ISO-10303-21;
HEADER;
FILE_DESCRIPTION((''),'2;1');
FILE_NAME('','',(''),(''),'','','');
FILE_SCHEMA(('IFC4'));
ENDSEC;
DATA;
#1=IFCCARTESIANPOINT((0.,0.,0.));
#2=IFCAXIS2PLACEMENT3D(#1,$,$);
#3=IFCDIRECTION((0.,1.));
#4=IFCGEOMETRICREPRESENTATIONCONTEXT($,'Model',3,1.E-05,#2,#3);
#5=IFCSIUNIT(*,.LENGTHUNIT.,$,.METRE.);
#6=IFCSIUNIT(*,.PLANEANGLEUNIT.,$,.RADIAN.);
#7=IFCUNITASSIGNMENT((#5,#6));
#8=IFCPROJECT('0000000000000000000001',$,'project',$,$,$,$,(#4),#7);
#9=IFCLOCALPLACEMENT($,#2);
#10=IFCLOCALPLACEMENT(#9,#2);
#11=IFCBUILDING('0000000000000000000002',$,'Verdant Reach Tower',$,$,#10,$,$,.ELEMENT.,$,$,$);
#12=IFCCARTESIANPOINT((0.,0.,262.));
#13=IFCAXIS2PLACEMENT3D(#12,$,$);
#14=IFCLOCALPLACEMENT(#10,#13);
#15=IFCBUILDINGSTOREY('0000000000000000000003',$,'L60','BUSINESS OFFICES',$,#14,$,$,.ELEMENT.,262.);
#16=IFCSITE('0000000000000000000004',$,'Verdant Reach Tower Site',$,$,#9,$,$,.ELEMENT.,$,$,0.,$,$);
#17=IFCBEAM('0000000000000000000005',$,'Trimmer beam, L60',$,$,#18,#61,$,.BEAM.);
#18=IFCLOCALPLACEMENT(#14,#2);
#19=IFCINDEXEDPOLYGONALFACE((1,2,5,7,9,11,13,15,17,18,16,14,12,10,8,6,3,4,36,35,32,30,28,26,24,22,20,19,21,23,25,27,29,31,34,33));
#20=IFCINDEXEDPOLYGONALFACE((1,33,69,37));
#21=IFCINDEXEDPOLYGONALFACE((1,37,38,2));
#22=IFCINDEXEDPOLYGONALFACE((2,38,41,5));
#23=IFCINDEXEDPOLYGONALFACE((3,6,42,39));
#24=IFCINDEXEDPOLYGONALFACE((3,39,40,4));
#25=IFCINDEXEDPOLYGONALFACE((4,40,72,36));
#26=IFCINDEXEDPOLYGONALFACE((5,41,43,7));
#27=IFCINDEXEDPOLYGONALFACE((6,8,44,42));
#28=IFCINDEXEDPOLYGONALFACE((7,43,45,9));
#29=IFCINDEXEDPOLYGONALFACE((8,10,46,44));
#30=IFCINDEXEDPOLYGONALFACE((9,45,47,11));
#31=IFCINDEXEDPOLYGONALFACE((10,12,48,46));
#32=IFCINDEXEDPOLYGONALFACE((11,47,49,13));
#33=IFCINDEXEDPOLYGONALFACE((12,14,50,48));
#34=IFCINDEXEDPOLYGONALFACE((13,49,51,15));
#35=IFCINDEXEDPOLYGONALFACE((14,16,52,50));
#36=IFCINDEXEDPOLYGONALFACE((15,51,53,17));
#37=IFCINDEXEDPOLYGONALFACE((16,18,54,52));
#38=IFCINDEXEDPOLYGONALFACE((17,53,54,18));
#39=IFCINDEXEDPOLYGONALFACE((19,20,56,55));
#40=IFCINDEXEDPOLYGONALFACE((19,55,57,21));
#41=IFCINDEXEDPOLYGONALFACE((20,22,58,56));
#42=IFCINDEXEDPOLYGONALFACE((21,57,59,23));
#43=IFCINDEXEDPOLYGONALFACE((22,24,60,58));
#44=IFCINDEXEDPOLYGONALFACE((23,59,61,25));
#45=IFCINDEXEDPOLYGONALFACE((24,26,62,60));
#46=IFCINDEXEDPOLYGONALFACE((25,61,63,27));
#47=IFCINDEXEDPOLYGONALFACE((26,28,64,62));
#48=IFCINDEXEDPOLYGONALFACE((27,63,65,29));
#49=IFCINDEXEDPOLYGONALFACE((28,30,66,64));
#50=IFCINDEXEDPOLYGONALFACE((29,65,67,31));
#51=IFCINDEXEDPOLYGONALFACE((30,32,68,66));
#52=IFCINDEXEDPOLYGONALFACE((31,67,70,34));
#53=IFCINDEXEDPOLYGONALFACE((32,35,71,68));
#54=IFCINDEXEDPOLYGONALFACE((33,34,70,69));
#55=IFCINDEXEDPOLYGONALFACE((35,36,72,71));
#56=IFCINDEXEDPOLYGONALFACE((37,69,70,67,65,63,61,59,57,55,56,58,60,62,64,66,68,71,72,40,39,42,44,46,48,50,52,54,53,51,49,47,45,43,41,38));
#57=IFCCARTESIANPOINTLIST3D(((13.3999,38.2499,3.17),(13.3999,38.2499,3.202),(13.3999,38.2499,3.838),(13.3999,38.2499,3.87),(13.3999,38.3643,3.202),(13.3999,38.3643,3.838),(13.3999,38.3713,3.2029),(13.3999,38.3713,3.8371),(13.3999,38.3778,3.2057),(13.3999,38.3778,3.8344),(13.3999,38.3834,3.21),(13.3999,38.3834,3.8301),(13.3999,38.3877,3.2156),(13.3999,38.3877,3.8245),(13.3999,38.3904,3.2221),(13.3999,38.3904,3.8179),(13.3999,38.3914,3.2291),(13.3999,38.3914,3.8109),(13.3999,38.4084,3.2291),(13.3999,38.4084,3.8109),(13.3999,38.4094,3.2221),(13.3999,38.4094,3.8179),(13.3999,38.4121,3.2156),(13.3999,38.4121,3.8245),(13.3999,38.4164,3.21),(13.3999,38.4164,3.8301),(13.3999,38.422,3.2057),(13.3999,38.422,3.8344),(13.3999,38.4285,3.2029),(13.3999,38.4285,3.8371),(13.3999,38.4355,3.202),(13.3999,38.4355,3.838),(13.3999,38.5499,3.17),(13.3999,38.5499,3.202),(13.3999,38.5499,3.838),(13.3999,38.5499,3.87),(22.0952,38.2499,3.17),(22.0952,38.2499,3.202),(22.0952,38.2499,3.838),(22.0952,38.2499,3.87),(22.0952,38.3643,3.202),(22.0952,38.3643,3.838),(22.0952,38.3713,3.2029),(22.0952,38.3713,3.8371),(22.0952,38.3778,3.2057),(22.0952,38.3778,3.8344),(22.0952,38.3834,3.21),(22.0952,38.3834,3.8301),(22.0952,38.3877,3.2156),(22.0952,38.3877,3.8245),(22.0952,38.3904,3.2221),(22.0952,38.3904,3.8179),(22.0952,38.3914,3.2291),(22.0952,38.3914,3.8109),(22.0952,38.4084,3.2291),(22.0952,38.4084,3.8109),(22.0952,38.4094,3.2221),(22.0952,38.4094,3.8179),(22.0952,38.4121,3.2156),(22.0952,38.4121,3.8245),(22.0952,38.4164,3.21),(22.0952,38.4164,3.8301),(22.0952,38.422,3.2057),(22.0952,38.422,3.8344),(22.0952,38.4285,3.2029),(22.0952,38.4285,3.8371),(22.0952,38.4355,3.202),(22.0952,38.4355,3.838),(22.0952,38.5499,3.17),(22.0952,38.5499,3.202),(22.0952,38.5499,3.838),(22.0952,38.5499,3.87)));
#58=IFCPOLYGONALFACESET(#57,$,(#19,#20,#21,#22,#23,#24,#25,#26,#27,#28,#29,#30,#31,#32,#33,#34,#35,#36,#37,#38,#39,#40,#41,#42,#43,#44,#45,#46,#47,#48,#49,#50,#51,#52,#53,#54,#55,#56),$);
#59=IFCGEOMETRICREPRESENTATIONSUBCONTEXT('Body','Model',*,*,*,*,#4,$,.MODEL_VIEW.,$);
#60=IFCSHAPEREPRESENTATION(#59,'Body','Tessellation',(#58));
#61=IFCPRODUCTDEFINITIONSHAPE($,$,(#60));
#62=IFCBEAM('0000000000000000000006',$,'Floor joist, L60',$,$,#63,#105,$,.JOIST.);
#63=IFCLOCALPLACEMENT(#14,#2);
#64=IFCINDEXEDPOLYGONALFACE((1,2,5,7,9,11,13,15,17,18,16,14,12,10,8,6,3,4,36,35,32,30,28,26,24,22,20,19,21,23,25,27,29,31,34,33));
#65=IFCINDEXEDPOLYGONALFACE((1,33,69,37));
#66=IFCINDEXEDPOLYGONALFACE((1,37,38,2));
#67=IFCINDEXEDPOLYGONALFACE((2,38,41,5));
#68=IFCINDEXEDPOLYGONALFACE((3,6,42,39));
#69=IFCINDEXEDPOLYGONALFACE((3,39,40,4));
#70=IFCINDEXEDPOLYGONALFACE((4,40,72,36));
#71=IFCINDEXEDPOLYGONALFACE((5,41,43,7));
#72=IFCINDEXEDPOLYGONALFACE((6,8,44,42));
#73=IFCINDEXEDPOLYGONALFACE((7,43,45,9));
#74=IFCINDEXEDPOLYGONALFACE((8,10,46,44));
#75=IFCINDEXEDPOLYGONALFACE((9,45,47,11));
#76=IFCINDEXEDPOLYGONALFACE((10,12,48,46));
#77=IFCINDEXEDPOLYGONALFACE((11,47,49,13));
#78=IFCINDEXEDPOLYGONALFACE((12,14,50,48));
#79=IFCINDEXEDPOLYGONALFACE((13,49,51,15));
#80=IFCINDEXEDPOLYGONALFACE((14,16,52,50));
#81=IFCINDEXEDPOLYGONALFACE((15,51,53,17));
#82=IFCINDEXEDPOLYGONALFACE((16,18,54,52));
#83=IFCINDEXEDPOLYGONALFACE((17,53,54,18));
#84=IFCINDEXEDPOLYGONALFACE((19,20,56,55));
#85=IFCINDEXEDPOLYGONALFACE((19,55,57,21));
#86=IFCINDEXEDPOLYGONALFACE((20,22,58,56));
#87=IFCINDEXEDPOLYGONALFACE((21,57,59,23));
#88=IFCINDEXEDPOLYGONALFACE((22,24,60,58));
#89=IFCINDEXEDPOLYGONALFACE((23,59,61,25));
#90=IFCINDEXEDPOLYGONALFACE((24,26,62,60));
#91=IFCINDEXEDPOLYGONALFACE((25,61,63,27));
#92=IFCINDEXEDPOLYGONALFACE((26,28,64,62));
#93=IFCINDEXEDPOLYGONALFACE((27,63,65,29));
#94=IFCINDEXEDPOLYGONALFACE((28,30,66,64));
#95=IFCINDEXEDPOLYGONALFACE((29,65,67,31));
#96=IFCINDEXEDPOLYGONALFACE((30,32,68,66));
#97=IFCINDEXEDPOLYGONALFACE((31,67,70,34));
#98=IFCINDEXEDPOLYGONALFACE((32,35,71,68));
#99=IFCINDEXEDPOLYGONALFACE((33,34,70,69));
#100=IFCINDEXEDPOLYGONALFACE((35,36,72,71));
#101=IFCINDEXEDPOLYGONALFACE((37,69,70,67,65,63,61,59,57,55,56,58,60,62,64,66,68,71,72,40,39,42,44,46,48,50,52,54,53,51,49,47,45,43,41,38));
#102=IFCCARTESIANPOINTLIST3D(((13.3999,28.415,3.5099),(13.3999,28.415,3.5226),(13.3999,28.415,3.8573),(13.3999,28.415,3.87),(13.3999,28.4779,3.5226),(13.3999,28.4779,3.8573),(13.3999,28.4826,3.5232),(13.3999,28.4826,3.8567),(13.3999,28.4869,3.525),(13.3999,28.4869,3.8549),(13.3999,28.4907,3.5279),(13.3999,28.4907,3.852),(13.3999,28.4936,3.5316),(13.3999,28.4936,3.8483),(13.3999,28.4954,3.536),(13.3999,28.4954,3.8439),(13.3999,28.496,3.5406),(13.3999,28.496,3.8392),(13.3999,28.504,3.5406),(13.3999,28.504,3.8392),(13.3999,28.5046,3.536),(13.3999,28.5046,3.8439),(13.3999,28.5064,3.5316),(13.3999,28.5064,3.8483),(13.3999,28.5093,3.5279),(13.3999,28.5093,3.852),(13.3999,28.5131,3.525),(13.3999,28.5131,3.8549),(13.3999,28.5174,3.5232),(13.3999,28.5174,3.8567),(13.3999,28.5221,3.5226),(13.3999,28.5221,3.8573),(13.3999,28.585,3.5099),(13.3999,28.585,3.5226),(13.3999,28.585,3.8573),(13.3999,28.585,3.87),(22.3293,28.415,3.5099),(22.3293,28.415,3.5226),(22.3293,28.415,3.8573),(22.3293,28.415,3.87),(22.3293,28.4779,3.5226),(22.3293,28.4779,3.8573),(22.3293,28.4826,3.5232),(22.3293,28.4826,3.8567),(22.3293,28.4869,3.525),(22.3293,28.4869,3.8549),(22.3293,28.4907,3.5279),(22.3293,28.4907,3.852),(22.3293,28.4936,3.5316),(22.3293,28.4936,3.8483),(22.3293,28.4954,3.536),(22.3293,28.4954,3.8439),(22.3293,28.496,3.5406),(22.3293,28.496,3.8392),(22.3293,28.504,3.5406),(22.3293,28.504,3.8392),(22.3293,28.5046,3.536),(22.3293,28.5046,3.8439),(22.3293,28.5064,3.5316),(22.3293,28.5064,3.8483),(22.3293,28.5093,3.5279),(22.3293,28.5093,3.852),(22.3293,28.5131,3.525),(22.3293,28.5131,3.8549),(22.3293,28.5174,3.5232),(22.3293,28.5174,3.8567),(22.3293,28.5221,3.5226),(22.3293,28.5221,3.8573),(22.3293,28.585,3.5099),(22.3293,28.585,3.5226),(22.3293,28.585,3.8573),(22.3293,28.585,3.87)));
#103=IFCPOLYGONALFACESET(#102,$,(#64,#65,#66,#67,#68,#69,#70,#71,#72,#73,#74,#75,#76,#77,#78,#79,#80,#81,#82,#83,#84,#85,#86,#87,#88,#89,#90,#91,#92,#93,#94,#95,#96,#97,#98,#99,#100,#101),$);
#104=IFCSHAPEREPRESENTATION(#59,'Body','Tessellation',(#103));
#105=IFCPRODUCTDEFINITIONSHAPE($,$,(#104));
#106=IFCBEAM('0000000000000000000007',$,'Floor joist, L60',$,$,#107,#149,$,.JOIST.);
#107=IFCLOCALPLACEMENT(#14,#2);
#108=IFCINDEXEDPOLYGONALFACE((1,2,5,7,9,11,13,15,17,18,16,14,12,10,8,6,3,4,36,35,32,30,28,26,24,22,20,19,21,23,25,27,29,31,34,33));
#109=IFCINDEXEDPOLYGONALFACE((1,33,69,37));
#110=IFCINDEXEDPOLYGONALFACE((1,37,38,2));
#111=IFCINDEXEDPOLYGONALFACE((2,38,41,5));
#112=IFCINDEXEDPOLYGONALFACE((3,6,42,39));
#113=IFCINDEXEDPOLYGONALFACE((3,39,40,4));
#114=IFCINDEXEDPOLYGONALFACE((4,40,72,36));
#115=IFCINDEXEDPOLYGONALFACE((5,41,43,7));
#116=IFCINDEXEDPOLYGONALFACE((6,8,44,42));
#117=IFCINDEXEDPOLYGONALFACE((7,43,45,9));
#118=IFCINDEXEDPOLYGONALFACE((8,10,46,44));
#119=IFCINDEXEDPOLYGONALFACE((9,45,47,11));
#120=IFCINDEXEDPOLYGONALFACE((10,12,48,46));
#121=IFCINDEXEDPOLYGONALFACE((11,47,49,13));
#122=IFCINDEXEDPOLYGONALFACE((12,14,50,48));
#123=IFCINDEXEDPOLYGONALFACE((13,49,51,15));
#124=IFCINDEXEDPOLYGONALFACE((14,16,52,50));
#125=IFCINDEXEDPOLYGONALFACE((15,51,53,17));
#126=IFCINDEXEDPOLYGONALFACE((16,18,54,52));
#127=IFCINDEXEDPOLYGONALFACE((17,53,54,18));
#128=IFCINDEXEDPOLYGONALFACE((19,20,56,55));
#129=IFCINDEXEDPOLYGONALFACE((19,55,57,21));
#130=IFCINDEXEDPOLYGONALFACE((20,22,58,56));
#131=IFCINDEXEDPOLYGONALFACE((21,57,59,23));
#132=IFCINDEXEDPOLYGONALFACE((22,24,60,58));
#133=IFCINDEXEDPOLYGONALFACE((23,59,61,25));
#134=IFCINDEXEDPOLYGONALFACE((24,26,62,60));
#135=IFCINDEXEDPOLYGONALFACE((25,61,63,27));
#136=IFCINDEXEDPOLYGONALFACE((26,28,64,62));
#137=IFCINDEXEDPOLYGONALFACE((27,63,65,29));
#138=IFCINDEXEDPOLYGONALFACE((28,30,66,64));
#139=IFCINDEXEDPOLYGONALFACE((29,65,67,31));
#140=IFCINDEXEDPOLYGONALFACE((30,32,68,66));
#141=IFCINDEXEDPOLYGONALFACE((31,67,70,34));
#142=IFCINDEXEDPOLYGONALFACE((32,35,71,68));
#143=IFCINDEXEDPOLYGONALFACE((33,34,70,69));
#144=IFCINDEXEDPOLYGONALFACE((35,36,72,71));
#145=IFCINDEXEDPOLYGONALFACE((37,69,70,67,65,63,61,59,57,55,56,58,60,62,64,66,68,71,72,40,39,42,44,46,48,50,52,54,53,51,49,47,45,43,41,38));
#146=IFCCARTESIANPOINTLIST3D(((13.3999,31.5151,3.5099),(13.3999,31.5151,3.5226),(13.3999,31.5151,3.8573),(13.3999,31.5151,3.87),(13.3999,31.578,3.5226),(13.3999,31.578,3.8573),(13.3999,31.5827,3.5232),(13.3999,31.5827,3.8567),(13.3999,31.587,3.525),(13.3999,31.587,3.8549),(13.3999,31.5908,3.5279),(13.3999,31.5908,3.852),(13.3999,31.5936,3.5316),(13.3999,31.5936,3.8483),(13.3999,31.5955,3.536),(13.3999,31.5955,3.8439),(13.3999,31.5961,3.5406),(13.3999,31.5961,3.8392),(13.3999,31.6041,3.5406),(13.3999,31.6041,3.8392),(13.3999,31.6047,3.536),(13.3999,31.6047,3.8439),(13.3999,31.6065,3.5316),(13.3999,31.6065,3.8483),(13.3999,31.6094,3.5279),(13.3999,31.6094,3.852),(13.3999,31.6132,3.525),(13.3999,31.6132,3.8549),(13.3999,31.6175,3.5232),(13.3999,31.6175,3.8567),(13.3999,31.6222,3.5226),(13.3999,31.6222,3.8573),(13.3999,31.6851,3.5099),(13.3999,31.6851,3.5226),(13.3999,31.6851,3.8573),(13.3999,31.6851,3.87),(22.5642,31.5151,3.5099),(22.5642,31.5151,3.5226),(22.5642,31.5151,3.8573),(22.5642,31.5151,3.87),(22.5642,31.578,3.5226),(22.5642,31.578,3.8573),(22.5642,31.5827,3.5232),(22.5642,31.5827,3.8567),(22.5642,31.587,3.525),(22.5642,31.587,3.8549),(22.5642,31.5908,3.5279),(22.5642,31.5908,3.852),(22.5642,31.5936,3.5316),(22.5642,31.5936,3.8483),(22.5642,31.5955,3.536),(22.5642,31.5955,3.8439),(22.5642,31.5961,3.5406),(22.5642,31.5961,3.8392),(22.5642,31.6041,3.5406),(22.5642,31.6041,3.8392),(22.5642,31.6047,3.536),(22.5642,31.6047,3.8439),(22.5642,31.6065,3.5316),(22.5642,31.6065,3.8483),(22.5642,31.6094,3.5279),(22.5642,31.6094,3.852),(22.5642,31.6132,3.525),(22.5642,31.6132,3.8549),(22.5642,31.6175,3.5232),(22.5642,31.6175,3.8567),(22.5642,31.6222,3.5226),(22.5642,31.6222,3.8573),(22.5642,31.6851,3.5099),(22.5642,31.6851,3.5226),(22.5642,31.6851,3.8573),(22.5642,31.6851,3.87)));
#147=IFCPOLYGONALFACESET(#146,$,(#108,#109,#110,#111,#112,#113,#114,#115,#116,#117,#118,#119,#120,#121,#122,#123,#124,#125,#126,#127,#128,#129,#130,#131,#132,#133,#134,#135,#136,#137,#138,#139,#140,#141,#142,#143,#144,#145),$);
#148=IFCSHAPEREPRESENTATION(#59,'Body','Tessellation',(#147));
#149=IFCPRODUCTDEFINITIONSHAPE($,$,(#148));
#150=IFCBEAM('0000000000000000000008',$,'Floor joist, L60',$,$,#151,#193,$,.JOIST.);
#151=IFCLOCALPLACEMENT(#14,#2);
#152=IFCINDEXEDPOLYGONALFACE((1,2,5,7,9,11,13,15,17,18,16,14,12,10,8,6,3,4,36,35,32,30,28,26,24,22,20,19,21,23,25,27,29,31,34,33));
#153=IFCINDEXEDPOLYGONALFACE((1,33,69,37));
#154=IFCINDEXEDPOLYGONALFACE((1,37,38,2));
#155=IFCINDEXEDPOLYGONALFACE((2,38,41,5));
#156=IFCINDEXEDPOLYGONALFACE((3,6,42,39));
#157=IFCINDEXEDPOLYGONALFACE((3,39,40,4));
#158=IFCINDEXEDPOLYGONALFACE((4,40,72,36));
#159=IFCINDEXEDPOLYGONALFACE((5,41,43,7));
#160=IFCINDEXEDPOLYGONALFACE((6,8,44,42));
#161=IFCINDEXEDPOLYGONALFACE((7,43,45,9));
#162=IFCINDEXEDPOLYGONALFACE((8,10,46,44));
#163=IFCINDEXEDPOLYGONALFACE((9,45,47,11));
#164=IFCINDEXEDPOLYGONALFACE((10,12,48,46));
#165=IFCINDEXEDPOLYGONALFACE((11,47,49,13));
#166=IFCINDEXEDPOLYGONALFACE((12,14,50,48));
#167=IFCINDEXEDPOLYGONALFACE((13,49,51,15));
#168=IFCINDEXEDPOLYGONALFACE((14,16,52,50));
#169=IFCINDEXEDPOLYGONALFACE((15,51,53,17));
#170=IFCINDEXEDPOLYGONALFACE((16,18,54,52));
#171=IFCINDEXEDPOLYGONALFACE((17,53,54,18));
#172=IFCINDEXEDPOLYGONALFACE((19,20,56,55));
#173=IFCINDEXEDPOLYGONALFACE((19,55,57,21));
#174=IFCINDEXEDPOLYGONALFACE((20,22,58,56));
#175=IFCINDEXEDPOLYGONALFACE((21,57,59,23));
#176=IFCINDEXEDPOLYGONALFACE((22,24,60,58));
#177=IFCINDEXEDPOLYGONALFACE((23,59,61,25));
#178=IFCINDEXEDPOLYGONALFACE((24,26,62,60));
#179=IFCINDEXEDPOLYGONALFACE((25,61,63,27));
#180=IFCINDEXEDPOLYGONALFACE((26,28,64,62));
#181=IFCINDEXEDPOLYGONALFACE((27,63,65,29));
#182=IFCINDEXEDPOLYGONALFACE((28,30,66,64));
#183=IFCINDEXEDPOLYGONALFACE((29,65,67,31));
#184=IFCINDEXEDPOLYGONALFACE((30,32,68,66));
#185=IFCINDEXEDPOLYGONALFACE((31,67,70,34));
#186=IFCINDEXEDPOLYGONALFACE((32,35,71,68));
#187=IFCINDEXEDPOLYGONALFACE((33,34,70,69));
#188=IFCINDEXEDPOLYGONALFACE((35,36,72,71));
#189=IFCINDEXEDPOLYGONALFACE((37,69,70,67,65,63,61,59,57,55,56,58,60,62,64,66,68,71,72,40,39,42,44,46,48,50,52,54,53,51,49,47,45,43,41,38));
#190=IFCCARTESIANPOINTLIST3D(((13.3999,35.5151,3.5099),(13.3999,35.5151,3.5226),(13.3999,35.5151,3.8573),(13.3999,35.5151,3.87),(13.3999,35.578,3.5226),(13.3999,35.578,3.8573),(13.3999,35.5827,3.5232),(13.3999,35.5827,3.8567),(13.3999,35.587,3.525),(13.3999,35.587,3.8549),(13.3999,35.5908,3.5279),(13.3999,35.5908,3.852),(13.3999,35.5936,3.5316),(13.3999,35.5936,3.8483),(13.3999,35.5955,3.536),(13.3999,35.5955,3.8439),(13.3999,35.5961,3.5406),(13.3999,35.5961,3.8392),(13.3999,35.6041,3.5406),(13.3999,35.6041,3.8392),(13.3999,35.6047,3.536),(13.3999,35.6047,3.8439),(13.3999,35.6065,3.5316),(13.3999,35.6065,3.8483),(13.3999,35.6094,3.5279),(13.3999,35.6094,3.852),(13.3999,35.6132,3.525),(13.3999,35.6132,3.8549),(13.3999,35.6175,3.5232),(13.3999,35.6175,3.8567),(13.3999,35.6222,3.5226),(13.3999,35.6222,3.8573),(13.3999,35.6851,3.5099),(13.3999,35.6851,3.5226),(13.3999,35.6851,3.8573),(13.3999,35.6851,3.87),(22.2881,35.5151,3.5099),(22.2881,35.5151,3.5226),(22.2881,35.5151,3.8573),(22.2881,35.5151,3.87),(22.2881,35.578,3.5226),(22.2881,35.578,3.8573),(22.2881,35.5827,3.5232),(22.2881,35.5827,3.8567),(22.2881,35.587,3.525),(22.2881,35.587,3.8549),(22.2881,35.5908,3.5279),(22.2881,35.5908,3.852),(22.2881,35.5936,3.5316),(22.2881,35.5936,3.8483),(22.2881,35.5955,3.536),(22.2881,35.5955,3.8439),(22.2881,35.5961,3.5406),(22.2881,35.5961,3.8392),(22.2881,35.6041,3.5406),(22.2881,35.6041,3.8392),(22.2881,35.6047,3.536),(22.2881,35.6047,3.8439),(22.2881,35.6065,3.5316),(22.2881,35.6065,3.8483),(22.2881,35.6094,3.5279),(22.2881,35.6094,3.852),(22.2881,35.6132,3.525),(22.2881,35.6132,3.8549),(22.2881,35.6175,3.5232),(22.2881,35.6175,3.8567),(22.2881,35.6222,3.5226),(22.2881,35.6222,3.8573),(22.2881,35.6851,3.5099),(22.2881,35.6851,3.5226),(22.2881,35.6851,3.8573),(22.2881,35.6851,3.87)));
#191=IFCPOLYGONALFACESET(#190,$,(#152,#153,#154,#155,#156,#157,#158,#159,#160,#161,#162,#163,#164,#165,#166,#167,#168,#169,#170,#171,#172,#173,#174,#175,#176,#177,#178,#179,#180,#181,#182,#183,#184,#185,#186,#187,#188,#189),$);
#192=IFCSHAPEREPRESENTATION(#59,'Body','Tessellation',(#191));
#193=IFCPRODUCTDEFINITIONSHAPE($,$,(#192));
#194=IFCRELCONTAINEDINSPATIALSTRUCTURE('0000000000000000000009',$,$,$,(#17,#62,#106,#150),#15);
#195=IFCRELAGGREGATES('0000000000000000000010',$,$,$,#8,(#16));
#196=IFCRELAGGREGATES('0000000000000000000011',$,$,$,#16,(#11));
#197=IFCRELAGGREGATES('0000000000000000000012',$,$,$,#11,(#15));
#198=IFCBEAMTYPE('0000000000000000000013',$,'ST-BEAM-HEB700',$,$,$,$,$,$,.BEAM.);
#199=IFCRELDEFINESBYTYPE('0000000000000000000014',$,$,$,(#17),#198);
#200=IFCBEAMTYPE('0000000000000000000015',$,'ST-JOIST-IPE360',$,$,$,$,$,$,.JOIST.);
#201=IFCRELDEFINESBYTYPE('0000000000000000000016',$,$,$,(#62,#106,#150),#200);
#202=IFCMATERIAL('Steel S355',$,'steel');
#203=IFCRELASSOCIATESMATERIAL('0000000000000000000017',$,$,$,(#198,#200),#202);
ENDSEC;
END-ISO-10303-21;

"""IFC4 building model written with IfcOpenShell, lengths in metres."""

from ifc_helpers import new_model, si_unit, direction, frame, origin, origin_2d, place, context, subcontext, project, spatial, i_section, extrude, material, material_profile, profile_set, type_object, element, save


model = new_model("IFC4")

# Units and contexts
model_context = context("Model", 3, precision=1e-05, world=origin(), true_north=direction((0.0, 1.0)))
body_context = subcontext(model_context, "Body", "Model", "MODEL_VIEW")
ifc_project = project(units=[si_unit("LENGTHUNIT", "METRE"), si_unit("PLANEANGLEUNIT", "RADIAN")], contexts=[model_context])

# Site, building, storey
site_placement = place(None, origin())
site = spatial("IfcSite", under=ifc_project, at=site_placement, Name="Verdant Reach Tower Site", CompositionType="ELEMENT", RefElevation=0.0)
building_placement = place(site_placement, origin())
building = spatial("IfcBuilding", under=site, at=building_placement, Name="Verdant Reach Tower", CompositionType="ELEMENT")
storey_placement = place(building_placement, frame((0.0, 0.0, 262.0)))
storey = spatial("IfcBuildingStorey", under=building, at=storey_placement, Name="L60", Description="BUSINESS OFFICES", CompositionType="ELEMENT", Elevation=262.0)

# Beams
ifc_material_1 = material(Name="Steel S355", Category="steel")
ifc_material_profile_1 = material_profile(ifc_material_1, i_section(OverallWidth=0.3, OverallDepth=0.7, WebThickness=0.0171, FlangeThickness=0.032, FilletRadius=0.0271, at=origin_2d()), Name="HEB 700")
ifc_profile_set_1 = profile_set([ifc_material_profile_1], Name="Steel S355")
beam_type_1 = type_object("IfcBeamType", Name="ST-BEAM-HEB700", PredefinedType="BEAM", material=ifc_profile_set_1)
beam_1_placement = place(storey_placement, frame((13.3999, 38.3999, 3.52), z_axis=(1.0, 0.0, 0.0), x_axis=(0.0, 1.0, 0.0)))
element("IfcBeam", 1, at=beam_1_placement, inside=storey, type_object=beam_type_1, Name="Trimmer beam, L60", PredefinedType="BEAM", context=body_context, shape_type="SweptSolid", body=[
    extrude(i_section(OverallWidth=0.3, OverallDepth=0.7, WebThickness=0.0171, FlangeThickness=0.032, FilletRadius=0.0271, at=origin_2d()), origin(), (0.0, 0.0, 1.0), 8.6953),
])
ifc_material_profile_2 = material_profile(ifc_material_1, i_section(OverallWidth=0.1699, OverallDepth=0.3601, WebThickness=0.0081, FlangeThickness=0.0127, FilletRadius=0.0181, at=origin_2d()), Name="IPE 360")
ifc_profile_set_2 = profile_set([ifc_material_profile_2], Name="Steel S355")
beam_type_2 = type_object("IfcBeamType", Name="ST-JOIST-IPE360", PredefinedType="JOIST", material=ifc_profile_set_2)
beam_2_placement = place(storey_placement, frame((13.3999, 28.5, 3.6899), z_axis=(1.0, 0.0, 0.0), x_axis=(0.0, 1.0, 0.0)))
element("IfcBeam", 2, at=beam_2_placement, inside=storey, type_object=beam_type_2, Name="Floor joist, L60", PredefinedType="JOIST", context=body_context, shape_type="SweptSolid", body=[
    extrude(i_section(OverallWidth=0.1699, OverallDepth=0.3601, WebThickness=0.0081, FlangeThickness=0.0127, FilletRadius=0.0181, at=origin_2d()), origin(), (0.0, 0.0, 1.0), 8.9294),
])
beam_3_placement = place(storey_placement, frame((13.3999, 31.6001, 3.6899), z_axis=(1.0, 0.0, 0.0), x_axis=(0.0, 1.0, 0.0)))
element("IfcBeam", 3, at=beam_3_placement, inside=storey, type_object=beam_type_2, Name="Floor joist, L60", PredefinedType="JOIST", context=body_context, shape_type="SweptSolid", body=[
    extrude(i_section(OverallWidth=0.1699, OverallDepth=0.3601, WebThickness=0.0081, FlangeThickness=0.0127, FilletRadius=0.0181, at=origin_2d()), origin(), (0.0, 0.0, 1.0), 9.1643),
])
beam_4_placement = place(storey_placement, frame((13.3999, 35.6001, 3.6899), z_axis=(1.0, 0.0, 0.0), x_axis=(0.0, 1.0, 0.0)))
element("IfcBeam", 4, at=beam_4_placement, inside=storey, type_object=beam_type_2, Name="Floor joist, L60", PredefinedType="JOIST", context=body_context, shape_type="SweptSolid", body=[
    extrude(i_section(OverallWidth=0.1699, OverallDepth=0.3601, WebThickness=0.0081, FlangeThickness=0.0127, FilletRadius=0.0181, at=origin_2d()), origin(), (0.0, 0.0, 1.0), 8.8882),
])

save(model, "model.ifc")
